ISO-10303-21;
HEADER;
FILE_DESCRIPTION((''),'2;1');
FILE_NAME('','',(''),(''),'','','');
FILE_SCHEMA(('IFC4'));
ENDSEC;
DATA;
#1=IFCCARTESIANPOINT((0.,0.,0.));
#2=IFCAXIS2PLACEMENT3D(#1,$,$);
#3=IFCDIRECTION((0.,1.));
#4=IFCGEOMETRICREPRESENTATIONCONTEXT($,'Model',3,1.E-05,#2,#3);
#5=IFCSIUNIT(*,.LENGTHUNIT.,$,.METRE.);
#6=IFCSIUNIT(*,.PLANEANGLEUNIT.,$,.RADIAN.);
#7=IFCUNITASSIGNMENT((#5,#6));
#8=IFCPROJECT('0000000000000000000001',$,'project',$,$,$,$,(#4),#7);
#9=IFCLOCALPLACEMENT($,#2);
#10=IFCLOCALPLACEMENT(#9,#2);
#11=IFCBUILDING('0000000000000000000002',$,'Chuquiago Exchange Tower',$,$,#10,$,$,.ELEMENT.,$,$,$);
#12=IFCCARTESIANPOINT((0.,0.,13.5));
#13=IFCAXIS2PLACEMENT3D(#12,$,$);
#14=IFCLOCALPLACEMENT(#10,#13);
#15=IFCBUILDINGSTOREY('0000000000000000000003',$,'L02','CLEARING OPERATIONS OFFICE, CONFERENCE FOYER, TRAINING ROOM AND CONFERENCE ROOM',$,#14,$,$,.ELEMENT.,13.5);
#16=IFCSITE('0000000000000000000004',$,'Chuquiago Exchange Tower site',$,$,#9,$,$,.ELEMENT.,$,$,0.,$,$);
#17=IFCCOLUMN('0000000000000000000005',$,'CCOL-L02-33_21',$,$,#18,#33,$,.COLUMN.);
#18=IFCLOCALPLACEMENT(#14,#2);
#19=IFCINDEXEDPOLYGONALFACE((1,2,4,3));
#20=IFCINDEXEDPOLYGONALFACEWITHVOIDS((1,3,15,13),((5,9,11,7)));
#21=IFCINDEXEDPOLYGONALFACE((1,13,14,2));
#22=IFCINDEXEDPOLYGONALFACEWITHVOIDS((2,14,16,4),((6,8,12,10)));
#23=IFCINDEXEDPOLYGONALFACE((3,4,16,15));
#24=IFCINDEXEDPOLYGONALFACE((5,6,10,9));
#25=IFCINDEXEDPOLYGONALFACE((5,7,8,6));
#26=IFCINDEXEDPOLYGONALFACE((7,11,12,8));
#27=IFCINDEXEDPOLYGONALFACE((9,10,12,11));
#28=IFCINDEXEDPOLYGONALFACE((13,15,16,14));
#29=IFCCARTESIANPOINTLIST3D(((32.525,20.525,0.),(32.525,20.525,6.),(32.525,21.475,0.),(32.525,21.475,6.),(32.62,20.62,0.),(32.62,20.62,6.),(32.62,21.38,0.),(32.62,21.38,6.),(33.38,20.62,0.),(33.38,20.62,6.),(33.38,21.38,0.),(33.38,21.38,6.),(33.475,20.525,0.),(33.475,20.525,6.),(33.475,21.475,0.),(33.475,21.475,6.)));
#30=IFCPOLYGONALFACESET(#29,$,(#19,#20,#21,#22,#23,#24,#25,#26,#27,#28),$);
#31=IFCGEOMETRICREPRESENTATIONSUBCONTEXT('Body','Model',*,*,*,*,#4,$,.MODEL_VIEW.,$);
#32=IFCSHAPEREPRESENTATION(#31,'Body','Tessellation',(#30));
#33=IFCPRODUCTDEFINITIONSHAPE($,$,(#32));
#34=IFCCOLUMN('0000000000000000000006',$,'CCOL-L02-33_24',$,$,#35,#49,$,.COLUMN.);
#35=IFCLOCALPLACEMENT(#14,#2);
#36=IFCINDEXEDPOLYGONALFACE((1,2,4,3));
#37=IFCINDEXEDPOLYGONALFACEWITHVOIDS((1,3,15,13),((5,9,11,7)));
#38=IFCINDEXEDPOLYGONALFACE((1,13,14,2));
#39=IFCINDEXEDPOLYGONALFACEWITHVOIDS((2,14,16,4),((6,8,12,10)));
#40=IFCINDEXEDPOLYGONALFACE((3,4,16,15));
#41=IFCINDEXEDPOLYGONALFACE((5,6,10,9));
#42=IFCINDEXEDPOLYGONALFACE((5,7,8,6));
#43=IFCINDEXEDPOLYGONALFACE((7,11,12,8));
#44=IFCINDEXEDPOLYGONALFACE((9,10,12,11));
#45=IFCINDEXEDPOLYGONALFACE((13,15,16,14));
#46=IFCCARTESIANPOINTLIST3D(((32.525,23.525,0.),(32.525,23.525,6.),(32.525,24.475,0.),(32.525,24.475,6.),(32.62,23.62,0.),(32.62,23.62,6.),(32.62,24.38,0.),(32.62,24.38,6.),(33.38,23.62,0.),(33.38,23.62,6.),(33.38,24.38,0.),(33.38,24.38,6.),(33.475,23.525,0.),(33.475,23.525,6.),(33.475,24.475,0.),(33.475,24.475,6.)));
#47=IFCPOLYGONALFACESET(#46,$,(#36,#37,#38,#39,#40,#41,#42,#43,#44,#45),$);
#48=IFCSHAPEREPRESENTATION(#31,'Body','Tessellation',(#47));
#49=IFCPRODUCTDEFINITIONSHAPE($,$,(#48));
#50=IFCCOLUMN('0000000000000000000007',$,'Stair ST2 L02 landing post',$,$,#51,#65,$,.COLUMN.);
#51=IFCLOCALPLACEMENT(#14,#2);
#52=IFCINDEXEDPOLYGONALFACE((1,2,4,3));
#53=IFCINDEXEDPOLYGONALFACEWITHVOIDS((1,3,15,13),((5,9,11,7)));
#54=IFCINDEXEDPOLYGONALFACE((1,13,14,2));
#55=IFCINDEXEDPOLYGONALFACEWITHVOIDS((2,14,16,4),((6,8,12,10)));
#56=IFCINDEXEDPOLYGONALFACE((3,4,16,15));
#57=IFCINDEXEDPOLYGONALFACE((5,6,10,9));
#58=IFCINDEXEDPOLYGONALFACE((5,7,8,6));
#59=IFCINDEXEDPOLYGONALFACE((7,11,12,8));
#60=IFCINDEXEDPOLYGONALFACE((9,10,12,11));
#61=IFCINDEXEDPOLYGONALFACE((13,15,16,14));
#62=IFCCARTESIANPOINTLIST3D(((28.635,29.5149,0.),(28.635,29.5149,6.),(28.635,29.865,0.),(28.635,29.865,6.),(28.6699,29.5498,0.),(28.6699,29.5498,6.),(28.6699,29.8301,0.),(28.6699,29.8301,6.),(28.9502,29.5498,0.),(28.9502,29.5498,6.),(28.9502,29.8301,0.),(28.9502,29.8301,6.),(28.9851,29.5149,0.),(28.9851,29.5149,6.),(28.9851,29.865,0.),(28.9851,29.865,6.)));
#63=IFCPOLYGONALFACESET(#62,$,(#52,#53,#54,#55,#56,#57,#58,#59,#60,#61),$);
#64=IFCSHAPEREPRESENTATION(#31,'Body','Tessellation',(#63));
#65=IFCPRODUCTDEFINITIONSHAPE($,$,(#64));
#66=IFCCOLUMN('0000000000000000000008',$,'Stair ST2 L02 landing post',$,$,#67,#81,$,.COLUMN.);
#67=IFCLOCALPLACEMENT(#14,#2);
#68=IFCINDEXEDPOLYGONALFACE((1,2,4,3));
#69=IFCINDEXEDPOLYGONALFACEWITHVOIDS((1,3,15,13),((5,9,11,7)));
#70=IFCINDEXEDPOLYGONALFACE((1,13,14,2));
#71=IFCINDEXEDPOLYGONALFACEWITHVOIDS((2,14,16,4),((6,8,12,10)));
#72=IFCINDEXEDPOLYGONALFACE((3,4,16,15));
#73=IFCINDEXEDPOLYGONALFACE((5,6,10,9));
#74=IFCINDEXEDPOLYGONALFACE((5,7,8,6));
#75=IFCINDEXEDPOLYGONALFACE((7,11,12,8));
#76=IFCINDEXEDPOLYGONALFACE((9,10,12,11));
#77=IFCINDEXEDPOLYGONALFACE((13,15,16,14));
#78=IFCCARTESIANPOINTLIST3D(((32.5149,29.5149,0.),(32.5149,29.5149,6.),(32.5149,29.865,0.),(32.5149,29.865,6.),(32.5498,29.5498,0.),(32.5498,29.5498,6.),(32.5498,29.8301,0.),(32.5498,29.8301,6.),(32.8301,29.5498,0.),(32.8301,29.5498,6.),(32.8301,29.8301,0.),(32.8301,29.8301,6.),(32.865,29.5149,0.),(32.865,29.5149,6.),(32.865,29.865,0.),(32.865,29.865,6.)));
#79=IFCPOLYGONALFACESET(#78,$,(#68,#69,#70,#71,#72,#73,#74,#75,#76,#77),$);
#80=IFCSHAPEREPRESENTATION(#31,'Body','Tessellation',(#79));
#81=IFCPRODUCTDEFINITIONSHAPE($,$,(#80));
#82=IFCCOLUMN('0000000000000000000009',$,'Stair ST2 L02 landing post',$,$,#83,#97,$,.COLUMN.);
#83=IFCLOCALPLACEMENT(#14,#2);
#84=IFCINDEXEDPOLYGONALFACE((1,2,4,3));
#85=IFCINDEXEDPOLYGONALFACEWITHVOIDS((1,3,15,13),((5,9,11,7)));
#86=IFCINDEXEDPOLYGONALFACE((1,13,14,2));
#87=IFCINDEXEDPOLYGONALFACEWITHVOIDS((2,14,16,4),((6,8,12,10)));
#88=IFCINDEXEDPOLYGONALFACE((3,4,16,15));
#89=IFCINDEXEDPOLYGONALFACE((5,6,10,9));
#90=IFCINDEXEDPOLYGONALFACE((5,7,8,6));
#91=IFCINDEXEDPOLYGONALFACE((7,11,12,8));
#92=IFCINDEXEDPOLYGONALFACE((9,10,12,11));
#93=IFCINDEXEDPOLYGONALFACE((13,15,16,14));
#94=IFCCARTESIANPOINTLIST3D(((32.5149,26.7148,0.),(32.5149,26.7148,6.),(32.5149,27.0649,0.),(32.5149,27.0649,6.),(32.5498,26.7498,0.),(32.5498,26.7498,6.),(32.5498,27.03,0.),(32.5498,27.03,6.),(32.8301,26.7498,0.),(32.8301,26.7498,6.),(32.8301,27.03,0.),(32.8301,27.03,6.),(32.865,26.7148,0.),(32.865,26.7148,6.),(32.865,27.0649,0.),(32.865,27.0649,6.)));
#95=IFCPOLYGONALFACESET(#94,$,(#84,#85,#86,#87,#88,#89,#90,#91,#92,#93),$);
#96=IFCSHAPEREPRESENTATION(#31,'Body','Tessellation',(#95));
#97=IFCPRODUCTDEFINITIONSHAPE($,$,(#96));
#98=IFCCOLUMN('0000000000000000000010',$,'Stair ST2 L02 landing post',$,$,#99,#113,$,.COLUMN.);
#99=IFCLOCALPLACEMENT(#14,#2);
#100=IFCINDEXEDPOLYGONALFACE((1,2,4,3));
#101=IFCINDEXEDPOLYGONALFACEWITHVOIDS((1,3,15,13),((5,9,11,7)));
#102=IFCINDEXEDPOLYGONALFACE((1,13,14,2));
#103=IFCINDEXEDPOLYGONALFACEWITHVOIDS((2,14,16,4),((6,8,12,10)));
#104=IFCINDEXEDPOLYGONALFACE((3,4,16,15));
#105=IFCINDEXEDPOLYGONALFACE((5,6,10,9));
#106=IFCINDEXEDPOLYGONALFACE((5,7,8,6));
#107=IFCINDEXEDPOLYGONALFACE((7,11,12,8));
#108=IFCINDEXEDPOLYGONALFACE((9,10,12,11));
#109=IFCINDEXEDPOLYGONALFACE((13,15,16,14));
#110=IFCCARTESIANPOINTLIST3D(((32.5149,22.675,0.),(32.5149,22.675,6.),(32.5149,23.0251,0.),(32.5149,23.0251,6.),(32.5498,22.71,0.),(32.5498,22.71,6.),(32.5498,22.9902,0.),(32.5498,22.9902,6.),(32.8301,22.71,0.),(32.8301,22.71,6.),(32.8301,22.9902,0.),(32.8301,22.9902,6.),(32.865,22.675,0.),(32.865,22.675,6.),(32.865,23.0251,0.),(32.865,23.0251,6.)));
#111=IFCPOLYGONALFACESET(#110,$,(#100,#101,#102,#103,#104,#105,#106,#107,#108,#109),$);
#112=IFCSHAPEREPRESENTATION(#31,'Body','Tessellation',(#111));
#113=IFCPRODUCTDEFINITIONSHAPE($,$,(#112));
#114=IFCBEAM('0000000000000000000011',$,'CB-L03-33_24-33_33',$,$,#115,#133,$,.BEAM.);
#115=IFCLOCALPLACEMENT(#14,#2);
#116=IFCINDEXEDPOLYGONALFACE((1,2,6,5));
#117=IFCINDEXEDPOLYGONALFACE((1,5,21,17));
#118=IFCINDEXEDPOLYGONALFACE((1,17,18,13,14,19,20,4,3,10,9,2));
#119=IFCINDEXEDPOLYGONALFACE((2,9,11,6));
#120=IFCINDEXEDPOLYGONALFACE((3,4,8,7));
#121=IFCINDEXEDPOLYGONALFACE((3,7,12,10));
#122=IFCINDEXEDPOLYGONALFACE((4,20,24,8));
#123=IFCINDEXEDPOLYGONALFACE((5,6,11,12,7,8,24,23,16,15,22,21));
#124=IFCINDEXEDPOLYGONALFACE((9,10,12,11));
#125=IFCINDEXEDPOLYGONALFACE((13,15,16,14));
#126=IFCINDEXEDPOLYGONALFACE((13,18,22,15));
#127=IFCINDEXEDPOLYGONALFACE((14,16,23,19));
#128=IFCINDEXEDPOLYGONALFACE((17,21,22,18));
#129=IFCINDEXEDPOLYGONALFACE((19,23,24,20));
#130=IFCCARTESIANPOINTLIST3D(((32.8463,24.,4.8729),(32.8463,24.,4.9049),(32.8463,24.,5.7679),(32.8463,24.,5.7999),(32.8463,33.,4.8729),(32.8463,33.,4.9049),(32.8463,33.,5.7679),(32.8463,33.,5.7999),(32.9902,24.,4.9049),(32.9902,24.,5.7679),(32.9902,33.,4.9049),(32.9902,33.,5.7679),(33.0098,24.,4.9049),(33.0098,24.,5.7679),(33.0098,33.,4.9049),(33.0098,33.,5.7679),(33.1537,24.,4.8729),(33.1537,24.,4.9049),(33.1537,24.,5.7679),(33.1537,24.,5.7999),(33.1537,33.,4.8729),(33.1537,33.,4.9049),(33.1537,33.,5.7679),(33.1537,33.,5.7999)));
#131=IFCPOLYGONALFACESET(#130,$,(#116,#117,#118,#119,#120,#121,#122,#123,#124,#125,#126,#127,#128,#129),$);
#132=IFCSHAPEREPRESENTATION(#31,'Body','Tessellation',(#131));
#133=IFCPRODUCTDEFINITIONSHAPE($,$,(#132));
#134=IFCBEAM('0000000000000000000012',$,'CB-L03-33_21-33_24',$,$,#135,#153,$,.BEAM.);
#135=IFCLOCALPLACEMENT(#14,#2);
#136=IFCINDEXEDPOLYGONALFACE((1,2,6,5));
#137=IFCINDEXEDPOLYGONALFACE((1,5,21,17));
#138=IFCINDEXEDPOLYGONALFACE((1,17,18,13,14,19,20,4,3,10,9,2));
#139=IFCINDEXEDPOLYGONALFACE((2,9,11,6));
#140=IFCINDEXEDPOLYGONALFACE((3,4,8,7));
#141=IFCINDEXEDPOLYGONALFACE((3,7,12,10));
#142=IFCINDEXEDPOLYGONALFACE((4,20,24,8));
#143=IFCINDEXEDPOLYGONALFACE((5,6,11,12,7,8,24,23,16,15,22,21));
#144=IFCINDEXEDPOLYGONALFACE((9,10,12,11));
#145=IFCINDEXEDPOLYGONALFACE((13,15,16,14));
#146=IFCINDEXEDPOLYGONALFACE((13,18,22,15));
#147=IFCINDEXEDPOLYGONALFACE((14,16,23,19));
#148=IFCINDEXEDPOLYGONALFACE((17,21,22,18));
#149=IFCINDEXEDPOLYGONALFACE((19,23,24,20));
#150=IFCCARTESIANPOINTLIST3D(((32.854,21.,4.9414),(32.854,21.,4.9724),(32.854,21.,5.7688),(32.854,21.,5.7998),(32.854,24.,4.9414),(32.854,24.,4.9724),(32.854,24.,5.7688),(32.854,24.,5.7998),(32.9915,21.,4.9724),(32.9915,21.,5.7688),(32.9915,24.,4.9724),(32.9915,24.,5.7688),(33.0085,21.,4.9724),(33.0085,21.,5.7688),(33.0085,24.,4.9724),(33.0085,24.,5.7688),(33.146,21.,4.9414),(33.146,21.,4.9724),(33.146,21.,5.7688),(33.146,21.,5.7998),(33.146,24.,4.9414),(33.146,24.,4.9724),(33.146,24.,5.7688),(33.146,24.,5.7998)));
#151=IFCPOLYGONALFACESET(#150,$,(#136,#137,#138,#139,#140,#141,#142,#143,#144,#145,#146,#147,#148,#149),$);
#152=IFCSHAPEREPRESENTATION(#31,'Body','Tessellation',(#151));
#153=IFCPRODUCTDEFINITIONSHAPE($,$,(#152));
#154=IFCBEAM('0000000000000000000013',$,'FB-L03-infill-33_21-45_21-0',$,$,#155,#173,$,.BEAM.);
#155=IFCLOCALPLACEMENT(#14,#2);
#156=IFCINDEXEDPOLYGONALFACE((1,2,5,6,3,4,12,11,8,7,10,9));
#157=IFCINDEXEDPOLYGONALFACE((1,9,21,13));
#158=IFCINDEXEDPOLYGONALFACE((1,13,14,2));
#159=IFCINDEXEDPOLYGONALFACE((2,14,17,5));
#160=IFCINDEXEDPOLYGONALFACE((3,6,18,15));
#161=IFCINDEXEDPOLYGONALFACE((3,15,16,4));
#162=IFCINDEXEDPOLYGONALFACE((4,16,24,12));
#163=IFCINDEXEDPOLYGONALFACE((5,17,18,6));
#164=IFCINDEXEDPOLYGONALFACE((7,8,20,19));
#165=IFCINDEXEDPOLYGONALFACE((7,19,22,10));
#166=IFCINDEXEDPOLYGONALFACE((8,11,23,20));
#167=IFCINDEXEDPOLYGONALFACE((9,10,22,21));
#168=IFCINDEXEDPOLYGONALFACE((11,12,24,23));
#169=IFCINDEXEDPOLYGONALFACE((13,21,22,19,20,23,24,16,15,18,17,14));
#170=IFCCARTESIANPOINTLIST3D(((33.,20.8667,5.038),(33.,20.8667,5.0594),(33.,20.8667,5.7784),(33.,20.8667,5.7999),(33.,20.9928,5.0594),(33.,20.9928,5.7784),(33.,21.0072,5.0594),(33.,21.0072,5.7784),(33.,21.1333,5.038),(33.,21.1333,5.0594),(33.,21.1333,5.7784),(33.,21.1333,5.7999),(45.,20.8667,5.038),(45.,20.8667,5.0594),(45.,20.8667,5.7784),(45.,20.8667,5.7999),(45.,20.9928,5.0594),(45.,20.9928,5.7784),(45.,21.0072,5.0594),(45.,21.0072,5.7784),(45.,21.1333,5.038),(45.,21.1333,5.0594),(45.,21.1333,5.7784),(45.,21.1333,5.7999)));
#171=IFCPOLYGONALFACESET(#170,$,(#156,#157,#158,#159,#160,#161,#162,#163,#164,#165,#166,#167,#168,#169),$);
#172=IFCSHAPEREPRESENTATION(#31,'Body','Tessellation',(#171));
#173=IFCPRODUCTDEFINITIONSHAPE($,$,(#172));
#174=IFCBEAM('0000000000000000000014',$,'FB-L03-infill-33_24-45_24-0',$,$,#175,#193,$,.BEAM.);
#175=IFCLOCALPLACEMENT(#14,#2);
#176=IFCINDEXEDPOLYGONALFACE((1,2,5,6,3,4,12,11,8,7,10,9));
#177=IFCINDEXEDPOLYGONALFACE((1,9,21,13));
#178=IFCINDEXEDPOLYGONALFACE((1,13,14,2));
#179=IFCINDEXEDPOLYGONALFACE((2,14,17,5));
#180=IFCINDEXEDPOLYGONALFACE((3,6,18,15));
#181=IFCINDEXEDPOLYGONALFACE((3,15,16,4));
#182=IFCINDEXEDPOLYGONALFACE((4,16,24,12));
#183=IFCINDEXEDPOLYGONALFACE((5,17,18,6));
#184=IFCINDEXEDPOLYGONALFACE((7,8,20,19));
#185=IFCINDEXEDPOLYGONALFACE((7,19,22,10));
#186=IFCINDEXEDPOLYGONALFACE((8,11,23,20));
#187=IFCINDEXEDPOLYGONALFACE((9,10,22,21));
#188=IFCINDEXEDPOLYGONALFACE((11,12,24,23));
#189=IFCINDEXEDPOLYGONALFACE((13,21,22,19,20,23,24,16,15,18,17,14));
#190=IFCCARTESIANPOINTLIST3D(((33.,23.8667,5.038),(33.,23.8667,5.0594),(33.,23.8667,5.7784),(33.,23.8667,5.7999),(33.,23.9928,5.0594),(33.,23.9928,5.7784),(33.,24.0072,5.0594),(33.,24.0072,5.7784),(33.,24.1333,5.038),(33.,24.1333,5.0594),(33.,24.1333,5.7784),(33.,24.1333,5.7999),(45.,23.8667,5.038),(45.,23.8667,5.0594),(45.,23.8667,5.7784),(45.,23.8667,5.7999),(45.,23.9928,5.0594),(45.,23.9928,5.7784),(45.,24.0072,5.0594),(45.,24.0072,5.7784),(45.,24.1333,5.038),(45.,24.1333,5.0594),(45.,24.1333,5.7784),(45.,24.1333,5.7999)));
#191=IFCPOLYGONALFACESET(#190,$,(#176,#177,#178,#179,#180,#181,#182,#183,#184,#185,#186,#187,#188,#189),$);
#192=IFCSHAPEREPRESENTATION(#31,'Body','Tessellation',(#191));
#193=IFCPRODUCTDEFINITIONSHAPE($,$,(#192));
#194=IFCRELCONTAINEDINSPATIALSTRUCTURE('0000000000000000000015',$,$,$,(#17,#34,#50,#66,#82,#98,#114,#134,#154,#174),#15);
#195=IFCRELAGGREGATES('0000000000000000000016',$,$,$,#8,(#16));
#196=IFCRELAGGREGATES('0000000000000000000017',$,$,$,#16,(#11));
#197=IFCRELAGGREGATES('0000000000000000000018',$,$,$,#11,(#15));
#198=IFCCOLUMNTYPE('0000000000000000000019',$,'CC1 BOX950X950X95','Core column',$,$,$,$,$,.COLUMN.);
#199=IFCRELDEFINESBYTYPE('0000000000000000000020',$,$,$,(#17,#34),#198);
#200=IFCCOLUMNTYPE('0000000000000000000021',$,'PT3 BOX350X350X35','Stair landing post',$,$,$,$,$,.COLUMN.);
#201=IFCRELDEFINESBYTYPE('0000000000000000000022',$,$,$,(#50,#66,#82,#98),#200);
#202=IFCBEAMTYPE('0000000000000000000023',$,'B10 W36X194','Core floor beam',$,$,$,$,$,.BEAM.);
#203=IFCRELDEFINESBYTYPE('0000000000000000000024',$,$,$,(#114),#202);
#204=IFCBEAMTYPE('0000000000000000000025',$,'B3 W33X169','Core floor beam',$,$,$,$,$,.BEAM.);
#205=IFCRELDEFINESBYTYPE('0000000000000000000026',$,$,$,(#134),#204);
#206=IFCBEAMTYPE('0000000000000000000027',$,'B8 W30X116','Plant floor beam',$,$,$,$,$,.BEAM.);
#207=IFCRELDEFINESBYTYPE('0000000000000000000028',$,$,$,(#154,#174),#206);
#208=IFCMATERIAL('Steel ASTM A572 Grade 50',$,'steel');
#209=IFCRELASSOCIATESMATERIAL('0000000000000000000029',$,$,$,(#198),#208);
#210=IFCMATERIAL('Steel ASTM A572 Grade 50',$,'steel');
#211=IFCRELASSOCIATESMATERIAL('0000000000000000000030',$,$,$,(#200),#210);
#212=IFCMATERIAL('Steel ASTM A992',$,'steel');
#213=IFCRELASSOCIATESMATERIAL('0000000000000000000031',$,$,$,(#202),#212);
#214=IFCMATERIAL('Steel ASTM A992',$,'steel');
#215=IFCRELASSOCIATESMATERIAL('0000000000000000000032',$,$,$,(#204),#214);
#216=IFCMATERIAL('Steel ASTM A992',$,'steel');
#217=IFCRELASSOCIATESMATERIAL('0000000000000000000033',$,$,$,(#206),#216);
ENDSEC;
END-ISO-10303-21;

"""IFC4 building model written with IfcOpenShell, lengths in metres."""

from ifc_helpers import new_model, si_unit, direction, frame, origin, origin_2d, place, context, subcontext, project, spatial, hollow_rectangle, i_section, extrude, material, material_profile, profile_set, type_object, element, save


model = new_model("IFC4")

# Units and contexts
model_context = context("Model", 3, precision=1e-05, world=origin(), true_north=direction((0.0, 1.0)))
body_context = subcontext(model_context, "Body", "Model", "MODEL_VIEW")
ifc_project = project(units=[si_unit("LENGTHUNIT", "METRE"), si_unit("PLANEANGLEUNIT", "RADIAN")], contexts=[model_context])

# Site, building, storey
site_placement = place(None, origin())
site = spatial("IfcSite", under=ifc_project, at=site_placement, Name="Chuquiago Exchange Tower site", CompositionType="ELEMENT", RefElevation=0.0)
building_placement = place(site_placement, origin())
building = spatial("IfcBuilding", under=site, at=building_placement, Name="Chuquiago Exchange Tower", CompositionType="ELEMENT")
storey_placement = place(building_placement, frame((0.0, 0.0, 13.5)))
storey = spatial("IfcBuildingStorey", under=building, at=storey_placement, Name="L02", Description="CLEARING OPERATIONS OFFICE, CONFERENCE FOYER, TRAINING ROOM AND CONFERENCE ROOM", CompositionType="ELEMENT", Elevation=13.5)

# Columns
ifc_material_1 = material(Name="Steel ASTM A572 Grade 50", Category="steel")
ifc_material_profile_1 = material_profile(ifc_material_1, hollow_rectangle(XDim=0.95, YDim=0.95, WallThickness=0.095, at=origin_2d()), Name="BOX950X950X95")
ifc_profile_set_1 = profile_set([ifc_material_profile_1], Name="Steel ASTM A572 Grade 50")
column_type_1 = type_object("IfcColumnType", Name="CC1 BOX950X950X95", Description="Core column", PredefinedType="COLUMN", material=ifc_profile_set_1)
for number, where, z_axis, x_axis, name in (
    (1, (33.0, 21.0, 0.0), (0.0, 0.0, 1.0), (1.0, 0.0, 0.0), "CCOL-L02-33_21"),
    (2, (33.0, 24.0, 0.0), (0.0, 0.0, 1.0), (1.0, 0.0, 0.0), "CCOL-L02-33_24"),
):
    element("IfcColumn", number, at=place(storey_placement, frame(where, z_axis=z_axis, x_axis=x_axis)), inside=storey, type_object=column_type_1, Name=name, PredefinedType="COLUMN", context=body_context, shape_type="SweptSolid", body=[
        extrude(hollow_rectangle(XDim=0.95, YDim=0.95, WallThickness=0.095, at=origin_2d()), origin(), (0.0, 0.0, 1.0), 6.0),
    ])
ifc_material_2 = material(Name="Steel ASTM A572 Grade 50", Category="steel")
ifc_material_profile_2 = material_profile(ifc_material_2, hollow_rectangle(XDim=0.3501, YDim=0.3501, WallThickness=0.0349, at=origin_2d()), Name="BOX350X350X35")
ifc_profile_set_2 = profile_set([ifc_material_profile_2], Name="Steel ASTM A572 Grade 50")
column_type_2 = type_object("IfcColumnType", Name="PT3 BOX350X350X35", Description="Stair landing post", PredefinedType="COLUMN", material=ifc_profile_set_2)
for number, where, z_axis, x_axis, name in (
    (3, (28.8101, 29.6899, 0.0), (0.0, 0.0, 1.0), (1.0, 0.0, 0.0), "Stair ST2 L02 landing post"),
    (4, (32.6899, 29.6899, 0.0), (0.0, 0.0, 1.0), (1.0, 0.0, 0.0), "Stair ST2 L02 landing post"),
    (5, (32.6899, 26.8899, 0.0), (0.0, 0.0, 1.0), (1.0, 0.0, 0.0), "Stair ST2 L02 landing post"),
    (6, (32.6899, 22.8501, 0.0), (0.0, 0.0, 1.0), (1.0, 0.0, 0.0), "Stair ST2 L02 landing post"),
):
    element("IfcColumn", number, at=place(storey_placement, frame(where, z_axis=z_axis, x_axis=x_axis)), inside=storey, type_object=column_type_2, Name=name, PredefinedType="COLUMN", context=body_context, shape_type="SweptSolid", body=[
        extrude(hollow_rectangle(XDim=0.3501, YDim=0.3501, WallThickness=0.0349, at=origin_2d()), origin(), (0.0, 0.0, 1.0), 6.0),
    ])

# Beams
ifc_material_3 = material(Name="Steel ASTM A992", Category="steel")
ifc_material_profile_3 = material_profile(ifc_material_3, i_section(OverallWidth=0.3074, OverallDepth=0.927, WebThickness=0.0195, FlangeThickness=0.032, at=origin_2d()), Name="W36X194")
ifc_profile_set_3 = profile_set([ifc_material_profile_3], Name="Steel ASTM A992")
beam_type_1 = type_object("IfcBeamType", Name="B10 W36X194", Description="Core floor beam", PredefinedType="BEAM", material=ifc_profile_set_3)
beam_1_placement = place(storey_placement, frame((33.0, 24.0, 5.3364), z_axis=(0.0, 1.0, 0.0), x_axis=(-1.0, 0.0, 0.0)))
element("IfcBeam", 7, at=beam_1_placement, inside=storey, type_object=beam_type_1, Name="CB-L03-33_24-33_33", PredefinedType="BEAM", context=body_context, shape_type="SweptSolid", body=[
    extrude(i_section(OverallWidth=0.3074, OverallDepth=0.927, WebThickness=0.0195, FlangeThickness=0.032, at=origin_2d()), origin(), (0.0, 0.0, 1.0), 9.0),
])
ifc_material_4 = material(Name="Steel ASTM A992", Category="steel")
ifc_material_profile_4 = material_profile(ifc_material_4, i_section(OverallWidth=0.292, OverallDepth=0.8584, WebThickness=0.0171, FlangeThickness=0.031, at=origin_2d()), Name="W33X169")
ifc_profile_set_4 = profile_set([ifc_material_profile_4], Name="Steel ASTM A992")
beam_type_2 = type_object("IfcBeamType", Name="B3 W33X169", Description="Core floor beam", PredefinedType="BEAM", material=ifc_profile_set_4)
beam_2_placement = place(storey_placement, frame((33.0, 21.0, 5.3706), z_axis=(0.0, 1.0, 0.0), x_axis=(-1.0, 0.0, 0.0)))
element("IfcBeam", 8, at=beam_2_placement, inside=storey, type_object=beam_type_2, Name="CB-L03-33_21-33_24", PredefinedType="BEAM", context=body_context, shape_type="SweptSolid", body=[
    extrude(i_section(OverallWidth=0.292, OverallDepth=0.8584, WebThickness=0.0171, FlangeThickness=0.031, at=origin_2d()), origin(), (0.0, 0.0, 1.0), 3.0),
])
ifc_material_5 = material(Name="Steel ASTM A992", Category="steel")
ifc_material_profile_5 = material_profile(ifc_material_5, i_section(OverallWidth=0.2666, OverallDepth=0.762, WebThickness=0.0144, FlangeThickness=0.0215, at=origin_2d()), Name="W30X116")
ifc_profile_set_5 = profile_set([ifc_material_profile_5], Name="Steel ASTM A992")
beam_type_3 = type_object("IfcBeamType", Name="B8 W30X116", Description="Plant floor beam", PredefinedType="BEAM", material=ifc_profile_set_5)
for number, where, z_axis, x_axis, name in (
    (9, (33.0, 21.0, 5.4189), (1.0, 0.0, 0.0), (0.0, 1.0, 0.0), "FB-L03-infill-33_21-45_21-0"),
    (10, (33.0, 24.0, 5.4189), (1.0, 0.0, 0.0), (0.0, 1.0, 0.0), "FB-L03-infill-33_24-45_24-0"),
):
    element("IfcBeam", number, at=place(storey_placement, frame(where, z_axis=z_axis, x_axis=x_axis)), inside=storey, type_object=beam_type_3, Name=name, PredefinedType="BEAM", context=body_context, shape_type="SweptSolid", body=[
        extrude(i_section(OverallWidth=0.2666, OverallDepth=0.762, WebThickness=0.0144, FlangeThickness=0.0215, at=origin_2d()), origin(), (0.0, 0.0, 1.0), 12.0),
    ])

save(model, "model.ifc")
